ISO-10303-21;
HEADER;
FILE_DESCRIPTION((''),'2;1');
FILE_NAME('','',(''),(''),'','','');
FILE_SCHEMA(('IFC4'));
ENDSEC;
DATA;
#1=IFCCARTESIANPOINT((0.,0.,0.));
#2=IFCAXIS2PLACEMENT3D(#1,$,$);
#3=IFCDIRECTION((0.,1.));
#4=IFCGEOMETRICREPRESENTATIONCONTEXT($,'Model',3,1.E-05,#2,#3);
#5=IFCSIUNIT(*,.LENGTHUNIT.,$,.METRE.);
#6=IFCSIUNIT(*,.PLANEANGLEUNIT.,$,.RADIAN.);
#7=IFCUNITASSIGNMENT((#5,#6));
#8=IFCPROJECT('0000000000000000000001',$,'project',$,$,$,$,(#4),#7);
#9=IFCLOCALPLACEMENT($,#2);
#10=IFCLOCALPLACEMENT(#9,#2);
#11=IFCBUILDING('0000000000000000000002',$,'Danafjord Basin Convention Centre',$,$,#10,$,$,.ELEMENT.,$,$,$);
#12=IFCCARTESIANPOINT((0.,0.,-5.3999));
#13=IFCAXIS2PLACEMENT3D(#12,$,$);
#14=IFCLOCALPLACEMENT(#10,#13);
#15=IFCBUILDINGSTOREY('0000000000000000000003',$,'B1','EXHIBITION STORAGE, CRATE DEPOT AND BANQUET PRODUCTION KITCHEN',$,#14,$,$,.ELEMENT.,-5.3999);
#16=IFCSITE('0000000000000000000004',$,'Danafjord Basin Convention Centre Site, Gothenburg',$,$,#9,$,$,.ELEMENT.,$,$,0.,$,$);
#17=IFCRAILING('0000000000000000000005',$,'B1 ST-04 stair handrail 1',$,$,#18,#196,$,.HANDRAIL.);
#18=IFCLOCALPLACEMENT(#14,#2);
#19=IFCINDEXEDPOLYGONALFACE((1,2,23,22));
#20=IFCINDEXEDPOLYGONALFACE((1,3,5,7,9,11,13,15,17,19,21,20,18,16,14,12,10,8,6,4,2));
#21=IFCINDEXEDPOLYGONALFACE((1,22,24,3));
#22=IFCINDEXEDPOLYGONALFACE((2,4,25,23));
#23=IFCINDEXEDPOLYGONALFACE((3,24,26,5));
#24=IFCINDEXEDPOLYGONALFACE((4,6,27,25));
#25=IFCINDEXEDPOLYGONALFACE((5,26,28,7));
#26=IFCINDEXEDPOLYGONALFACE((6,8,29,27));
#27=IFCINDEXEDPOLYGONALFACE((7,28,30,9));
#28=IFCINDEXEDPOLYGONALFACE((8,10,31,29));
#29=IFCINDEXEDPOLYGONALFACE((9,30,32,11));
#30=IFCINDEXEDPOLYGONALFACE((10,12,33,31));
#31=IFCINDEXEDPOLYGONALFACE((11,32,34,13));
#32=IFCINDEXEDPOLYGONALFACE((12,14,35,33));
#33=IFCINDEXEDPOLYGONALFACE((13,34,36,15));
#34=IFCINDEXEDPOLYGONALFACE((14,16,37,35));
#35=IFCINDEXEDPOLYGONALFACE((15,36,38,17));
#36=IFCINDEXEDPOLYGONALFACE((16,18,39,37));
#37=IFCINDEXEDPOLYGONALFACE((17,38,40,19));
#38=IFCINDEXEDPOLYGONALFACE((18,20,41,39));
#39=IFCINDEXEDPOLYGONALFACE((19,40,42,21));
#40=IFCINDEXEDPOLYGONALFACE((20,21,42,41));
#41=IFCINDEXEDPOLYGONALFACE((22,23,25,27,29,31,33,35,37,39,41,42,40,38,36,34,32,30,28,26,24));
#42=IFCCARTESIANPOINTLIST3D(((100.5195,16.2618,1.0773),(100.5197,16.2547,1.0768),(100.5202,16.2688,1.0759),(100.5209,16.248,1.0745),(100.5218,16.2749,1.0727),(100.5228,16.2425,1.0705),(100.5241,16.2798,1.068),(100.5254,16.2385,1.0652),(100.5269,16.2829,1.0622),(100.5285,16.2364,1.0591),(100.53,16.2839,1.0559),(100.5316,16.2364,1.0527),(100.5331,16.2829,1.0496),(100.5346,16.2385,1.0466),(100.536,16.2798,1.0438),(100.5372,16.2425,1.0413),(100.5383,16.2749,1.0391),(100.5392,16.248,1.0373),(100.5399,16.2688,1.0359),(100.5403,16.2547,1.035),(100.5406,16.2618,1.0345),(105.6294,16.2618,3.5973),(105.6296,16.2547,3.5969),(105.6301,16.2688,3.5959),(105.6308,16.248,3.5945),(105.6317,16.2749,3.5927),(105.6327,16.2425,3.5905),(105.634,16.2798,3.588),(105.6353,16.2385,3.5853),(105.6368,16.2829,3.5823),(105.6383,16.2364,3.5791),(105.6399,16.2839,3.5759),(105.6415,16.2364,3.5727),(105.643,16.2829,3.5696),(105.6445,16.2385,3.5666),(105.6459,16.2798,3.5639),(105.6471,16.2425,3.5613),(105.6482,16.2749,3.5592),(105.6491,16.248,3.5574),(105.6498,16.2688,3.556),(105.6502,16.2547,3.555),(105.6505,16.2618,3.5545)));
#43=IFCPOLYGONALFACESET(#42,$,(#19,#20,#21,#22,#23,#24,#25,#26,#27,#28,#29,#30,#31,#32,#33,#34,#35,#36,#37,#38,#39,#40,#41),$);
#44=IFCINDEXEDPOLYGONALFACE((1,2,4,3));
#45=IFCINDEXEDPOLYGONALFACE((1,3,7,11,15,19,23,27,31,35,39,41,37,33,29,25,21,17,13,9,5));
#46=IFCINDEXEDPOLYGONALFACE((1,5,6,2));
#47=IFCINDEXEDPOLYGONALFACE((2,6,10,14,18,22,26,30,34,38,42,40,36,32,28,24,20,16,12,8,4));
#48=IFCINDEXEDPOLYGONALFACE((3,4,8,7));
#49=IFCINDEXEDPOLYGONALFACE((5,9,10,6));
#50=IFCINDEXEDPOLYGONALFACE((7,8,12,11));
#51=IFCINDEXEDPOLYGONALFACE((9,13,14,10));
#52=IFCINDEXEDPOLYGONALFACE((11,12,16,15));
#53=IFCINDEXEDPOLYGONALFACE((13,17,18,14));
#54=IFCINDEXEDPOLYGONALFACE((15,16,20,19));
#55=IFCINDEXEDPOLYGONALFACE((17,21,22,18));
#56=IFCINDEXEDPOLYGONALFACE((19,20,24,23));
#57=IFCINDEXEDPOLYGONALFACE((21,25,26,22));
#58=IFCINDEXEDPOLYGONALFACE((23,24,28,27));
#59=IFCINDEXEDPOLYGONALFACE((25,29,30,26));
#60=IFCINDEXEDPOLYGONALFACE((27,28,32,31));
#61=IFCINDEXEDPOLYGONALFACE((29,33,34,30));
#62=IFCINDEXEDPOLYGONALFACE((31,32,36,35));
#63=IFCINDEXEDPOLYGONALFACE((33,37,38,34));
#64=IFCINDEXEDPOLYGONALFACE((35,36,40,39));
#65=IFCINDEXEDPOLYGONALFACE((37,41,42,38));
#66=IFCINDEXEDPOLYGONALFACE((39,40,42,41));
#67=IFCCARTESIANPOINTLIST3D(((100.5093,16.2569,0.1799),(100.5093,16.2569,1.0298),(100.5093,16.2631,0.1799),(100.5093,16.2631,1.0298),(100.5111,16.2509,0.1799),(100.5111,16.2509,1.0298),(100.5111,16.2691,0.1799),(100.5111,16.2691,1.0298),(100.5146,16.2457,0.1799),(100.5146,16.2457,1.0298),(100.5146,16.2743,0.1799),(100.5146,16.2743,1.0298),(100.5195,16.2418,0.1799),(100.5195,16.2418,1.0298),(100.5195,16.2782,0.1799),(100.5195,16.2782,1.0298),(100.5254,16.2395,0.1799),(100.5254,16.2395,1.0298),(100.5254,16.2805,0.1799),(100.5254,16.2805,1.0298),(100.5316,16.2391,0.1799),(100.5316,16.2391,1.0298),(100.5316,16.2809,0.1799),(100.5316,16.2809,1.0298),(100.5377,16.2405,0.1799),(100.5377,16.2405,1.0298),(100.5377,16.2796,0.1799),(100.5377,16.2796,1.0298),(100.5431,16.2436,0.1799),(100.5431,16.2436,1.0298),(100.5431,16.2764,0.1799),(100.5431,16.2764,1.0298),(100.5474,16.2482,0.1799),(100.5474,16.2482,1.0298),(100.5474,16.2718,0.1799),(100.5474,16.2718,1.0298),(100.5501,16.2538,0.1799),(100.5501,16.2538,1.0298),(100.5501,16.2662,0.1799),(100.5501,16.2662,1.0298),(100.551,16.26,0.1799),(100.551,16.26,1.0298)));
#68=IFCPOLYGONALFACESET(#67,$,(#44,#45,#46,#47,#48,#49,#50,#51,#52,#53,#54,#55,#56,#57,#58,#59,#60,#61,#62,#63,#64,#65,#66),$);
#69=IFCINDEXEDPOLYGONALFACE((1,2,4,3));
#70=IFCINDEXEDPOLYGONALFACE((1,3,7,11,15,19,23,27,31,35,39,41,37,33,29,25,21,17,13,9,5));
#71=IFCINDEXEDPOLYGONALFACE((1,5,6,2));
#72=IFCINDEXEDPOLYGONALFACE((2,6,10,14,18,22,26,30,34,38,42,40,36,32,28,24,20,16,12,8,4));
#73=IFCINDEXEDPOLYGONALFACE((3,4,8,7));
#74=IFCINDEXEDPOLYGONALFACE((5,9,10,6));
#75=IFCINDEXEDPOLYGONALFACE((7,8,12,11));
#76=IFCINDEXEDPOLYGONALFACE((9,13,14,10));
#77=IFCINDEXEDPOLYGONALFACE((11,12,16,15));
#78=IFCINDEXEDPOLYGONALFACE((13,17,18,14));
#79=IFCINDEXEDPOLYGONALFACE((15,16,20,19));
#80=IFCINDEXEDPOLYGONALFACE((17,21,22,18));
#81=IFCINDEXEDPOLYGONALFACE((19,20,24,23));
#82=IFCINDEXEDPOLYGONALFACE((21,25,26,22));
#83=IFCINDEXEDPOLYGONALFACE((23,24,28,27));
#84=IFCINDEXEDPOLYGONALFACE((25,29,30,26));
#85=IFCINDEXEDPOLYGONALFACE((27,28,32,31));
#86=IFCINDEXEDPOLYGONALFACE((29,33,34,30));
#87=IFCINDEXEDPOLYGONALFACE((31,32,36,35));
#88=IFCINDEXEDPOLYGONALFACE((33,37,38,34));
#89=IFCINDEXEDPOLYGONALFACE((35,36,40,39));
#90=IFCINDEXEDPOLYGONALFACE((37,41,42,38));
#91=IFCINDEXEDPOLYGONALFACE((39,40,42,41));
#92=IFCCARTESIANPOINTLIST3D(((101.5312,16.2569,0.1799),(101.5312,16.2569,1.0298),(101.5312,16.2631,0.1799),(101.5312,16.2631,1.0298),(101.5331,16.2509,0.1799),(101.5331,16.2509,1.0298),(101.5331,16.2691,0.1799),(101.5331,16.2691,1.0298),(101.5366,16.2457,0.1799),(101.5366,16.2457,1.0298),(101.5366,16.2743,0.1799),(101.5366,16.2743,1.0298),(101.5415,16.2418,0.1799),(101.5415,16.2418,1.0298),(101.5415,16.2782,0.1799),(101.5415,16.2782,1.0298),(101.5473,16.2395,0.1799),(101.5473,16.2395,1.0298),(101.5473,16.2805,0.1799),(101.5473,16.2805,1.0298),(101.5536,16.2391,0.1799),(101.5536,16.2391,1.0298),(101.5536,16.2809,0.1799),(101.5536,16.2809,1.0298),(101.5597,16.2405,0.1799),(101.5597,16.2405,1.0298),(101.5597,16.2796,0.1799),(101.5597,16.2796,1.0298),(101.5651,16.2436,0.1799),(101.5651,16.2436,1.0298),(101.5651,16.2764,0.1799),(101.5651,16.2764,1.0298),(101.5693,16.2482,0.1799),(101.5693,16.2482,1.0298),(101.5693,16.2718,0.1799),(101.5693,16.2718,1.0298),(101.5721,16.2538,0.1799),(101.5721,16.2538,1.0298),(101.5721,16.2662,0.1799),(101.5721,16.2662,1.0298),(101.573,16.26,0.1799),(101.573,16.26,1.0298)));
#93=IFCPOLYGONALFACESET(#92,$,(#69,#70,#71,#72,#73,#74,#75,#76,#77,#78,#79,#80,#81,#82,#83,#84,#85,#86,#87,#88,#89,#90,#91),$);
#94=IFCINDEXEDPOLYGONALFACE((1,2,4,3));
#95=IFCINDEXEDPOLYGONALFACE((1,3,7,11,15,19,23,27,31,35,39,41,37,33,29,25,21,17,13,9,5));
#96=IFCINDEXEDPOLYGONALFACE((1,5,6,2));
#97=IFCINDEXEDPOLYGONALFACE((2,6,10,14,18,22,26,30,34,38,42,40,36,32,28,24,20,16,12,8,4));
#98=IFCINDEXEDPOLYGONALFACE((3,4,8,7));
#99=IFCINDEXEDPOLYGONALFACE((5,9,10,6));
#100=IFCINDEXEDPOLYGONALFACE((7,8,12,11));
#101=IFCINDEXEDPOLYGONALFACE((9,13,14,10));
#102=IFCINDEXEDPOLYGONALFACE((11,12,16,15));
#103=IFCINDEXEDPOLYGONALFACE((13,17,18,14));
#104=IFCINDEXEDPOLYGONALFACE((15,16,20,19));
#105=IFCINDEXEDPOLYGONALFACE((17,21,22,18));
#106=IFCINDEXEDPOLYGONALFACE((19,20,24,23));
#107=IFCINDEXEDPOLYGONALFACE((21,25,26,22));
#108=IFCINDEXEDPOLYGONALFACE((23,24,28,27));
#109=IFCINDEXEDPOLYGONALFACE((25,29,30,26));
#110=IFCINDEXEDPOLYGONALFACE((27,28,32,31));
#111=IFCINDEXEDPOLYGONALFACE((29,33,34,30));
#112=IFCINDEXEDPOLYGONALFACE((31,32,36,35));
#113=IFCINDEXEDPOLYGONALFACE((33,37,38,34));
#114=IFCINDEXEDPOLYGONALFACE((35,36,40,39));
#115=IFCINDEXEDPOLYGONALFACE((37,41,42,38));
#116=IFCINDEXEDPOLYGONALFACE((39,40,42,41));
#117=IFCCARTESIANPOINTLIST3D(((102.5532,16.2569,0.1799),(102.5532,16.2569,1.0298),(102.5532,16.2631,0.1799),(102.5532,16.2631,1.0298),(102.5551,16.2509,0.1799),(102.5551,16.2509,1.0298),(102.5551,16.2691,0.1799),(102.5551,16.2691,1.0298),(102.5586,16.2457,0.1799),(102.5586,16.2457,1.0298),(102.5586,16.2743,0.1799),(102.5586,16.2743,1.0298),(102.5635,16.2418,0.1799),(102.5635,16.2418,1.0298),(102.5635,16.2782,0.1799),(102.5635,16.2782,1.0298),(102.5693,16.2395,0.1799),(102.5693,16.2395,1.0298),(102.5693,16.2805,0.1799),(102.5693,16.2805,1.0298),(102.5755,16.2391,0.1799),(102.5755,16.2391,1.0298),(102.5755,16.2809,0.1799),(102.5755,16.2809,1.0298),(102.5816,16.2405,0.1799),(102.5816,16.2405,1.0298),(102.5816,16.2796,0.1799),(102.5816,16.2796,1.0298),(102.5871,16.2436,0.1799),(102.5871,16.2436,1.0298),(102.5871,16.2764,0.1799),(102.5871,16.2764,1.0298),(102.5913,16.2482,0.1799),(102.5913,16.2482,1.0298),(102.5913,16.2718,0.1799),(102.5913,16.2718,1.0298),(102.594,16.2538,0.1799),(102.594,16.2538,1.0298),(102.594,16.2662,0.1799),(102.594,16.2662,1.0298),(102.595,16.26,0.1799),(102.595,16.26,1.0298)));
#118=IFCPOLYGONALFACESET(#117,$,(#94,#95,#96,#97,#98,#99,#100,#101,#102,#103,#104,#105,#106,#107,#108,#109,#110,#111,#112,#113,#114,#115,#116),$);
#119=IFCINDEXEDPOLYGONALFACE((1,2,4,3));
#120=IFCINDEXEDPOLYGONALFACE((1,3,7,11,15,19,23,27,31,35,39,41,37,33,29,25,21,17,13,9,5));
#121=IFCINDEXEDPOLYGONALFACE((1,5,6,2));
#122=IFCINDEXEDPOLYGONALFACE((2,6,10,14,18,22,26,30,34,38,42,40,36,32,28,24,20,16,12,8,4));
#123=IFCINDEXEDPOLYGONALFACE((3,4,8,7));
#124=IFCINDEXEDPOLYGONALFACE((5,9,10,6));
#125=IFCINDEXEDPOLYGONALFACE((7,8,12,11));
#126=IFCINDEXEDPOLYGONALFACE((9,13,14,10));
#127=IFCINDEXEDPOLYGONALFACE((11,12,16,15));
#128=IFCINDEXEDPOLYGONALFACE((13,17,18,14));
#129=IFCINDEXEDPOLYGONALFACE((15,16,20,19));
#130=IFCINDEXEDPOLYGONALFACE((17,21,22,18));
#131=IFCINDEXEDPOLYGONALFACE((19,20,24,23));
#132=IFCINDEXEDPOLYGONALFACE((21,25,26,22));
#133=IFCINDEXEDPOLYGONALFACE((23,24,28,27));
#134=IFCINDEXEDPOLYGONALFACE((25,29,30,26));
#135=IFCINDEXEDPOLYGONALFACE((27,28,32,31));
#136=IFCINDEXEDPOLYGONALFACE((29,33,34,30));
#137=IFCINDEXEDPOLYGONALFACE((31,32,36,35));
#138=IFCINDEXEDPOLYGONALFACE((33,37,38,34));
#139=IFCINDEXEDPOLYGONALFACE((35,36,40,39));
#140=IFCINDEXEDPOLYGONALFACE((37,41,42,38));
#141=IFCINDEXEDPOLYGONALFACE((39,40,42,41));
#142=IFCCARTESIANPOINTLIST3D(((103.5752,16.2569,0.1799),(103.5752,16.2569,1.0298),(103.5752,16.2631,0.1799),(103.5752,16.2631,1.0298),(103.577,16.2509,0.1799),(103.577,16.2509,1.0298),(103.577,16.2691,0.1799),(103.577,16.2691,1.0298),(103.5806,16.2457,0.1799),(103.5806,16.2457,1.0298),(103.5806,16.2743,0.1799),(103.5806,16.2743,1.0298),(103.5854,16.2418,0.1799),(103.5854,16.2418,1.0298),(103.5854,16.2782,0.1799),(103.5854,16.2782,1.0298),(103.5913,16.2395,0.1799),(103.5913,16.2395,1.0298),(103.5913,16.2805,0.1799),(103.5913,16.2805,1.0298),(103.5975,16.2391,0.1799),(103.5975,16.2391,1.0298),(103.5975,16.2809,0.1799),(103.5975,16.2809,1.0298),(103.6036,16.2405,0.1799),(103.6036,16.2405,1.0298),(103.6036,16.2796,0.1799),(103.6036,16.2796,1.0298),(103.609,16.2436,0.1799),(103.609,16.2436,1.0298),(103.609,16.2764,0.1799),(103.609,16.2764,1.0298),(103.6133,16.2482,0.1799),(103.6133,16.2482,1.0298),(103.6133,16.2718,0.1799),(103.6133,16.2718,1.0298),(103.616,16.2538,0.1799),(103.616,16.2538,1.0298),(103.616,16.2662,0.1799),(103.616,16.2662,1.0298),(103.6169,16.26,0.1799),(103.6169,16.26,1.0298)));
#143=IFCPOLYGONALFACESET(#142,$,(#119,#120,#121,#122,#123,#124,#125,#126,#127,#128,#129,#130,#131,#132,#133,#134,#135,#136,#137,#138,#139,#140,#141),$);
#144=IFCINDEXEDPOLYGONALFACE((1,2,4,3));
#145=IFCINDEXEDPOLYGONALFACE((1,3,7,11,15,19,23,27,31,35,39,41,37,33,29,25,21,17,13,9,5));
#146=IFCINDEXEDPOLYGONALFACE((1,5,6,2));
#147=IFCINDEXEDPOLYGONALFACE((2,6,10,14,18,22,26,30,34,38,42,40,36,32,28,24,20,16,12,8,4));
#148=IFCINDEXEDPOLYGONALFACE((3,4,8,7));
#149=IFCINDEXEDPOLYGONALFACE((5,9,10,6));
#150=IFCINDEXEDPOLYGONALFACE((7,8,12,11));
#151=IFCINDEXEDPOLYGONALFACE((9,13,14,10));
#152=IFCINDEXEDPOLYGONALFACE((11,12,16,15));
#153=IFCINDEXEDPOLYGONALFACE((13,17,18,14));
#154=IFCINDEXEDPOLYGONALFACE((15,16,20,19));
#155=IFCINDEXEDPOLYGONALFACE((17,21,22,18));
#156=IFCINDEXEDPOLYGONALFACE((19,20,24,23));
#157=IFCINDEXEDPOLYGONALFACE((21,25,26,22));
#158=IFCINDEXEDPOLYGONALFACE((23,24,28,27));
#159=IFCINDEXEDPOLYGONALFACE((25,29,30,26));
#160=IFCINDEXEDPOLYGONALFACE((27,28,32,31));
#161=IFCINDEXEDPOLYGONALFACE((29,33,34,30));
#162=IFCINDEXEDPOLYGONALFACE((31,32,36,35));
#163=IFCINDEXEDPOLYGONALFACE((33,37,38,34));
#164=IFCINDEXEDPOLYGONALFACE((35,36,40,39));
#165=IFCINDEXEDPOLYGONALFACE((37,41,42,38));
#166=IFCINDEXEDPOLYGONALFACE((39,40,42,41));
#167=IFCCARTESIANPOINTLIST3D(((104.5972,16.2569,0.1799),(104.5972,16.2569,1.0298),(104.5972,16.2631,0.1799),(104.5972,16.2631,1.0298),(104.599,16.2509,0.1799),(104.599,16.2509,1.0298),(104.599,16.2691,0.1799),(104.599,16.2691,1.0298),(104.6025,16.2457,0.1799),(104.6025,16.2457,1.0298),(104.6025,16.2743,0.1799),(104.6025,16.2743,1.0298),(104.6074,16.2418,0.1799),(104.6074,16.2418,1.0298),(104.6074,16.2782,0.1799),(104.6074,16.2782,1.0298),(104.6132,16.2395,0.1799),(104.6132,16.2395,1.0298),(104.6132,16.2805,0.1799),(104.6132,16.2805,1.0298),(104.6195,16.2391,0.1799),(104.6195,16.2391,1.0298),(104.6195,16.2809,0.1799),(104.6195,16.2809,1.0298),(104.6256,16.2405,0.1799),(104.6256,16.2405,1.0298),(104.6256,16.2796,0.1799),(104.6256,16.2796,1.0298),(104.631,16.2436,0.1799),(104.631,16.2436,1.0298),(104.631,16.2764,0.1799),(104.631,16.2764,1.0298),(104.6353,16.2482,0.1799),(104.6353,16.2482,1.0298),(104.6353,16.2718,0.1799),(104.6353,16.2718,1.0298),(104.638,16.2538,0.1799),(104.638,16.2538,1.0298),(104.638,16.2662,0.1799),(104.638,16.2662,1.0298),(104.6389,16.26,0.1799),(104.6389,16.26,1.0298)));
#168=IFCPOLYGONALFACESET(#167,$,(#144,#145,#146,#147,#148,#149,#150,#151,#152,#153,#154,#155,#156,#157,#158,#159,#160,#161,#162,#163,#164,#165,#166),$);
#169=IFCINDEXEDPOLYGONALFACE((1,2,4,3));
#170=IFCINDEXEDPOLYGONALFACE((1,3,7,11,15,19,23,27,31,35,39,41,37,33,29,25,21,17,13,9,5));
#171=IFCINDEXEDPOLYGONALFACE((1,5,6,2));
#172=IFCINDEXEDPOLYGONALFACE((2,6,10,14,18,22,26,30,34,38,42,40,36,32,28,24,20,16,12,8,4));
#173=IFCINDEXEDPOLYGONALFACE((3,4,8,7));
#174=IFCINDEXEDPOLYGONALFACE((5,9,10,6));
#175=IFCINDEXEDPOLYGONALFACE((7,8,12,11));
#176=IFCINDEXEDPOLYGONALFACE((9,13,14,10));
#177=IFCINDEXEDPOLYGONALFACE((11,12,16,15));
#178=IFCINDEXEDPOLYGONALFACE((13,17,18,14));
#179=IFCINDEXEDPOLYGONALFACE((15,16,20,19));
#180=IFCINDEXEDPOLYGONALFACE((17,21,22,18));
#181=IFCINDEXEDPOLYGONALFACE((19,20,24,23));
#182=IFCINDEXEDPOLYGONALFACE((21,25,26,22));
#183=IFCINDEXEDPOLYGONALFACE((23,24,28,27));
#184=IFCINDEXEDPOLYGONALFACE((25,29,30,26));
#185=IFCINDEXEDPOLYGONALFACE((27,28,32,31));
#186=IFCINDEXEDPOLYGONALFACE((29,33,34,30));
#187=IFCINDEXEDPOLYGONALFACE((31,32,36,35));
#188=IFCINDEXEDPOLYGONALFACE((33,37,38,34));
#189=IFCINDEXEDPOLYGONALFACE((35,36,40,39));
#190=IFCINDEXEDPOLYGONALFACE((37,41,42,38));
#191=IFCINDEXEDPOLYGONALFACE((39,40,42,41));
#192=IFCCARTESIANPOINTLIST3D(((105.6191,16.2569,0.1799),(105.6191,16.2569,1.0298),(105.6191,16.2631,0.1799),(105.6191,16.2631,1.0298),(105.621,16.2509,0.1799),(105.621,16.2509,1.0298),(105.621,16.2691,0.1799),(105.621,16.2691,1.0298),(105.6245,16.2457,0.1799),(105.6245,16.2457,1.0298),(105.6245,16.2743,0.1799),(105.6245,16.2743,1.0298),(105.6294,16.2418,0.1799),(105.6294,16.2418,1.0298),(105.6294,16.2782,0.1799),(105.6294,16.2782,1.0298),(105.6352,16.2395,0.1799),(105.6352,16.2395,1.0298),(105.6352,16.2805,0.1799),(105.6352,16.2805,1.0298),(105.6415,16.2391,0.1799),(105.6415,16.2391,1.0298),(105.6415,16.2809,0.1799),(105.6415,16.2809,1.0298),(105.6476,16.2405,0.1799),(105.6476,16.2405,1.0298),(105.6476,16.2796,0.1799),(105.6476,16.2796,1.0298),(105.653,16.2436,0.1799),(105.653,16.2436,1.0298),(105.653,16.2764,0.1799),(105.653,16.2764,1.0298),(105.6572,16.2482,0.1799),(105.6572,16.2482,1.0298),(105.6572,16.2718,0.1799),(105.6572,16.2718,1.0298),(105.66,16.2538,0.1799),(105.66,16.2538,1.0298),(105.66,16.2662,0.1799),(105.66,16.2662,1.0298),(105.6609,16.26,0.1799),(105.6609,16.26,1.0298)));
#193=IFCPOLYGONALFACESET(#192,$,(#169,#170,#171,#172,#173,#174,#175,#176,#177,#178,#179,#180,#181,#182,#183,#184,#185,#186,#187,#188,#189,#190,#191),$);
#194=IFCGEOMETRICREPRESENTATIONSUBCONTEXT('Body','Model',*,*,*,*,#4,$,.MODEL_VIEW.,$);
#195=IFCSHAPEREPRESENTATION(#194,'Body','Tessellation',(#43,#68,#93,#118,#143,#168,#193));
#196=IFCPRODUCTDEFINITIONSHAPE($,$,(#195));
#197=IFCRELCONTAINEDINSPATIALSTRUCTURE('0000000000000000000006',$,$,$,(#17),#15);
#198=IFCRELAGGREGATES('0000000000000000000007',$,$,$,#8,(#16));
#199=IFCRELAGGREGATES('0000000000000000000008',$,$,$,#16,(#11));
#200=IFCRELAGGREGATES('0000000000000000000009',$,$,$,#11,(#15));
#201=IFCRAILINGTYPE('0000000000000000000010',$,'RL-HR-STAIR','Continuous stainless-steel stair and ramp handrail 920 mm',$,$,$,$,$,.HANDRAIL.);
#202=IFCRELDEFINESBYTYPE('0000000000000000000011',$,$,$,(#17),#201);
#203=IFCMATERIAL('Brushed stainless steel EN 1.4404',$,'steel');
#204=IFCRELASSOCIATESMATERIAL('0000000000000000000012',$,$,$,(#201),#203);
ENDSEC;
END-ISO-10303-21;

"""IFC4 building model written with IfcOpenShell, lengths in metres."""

from ifc_helpers import new_model, si_unit, direction, frame, origin, origin_2d, place, context, subcontext, project, spatial, circle, extrude, material, type_object, element, save


model = new_model("IFC4")

# Units and contexts
model_context = context("Model", 3, precision=1e-05, world=origin(), true_north=direction((0.0, 1.0)))
body_context = subcontext(model_context, "Body", "Model", "MODEL_VIEW")
ifc_project = project(units=[si_unit("LENGTHUNIT", "METRE"), si_unit("PLANEANGLEUNIT", "RADIAN")], contexts=[model_context])

# Site, building, storey
site_placement = place(None, origin())
site = spatial("IfcSite", under=ifc_project, at=site_placement, Name="Danafjord Basin Convention Centre Site, Gothenburg", CompositionType="ELEMENT", RefElevation=0.0)
building_placement = place(site_placement, origin())
building = spatial("IfcBuilding", under=site, at=building_placement, Name="Danafjord Basin Convention Centre", CompositionType="ELEMENT")
storey_placement = place(building_placement, frame((0.0, 0.0, -5.3999)))
storey = spatial("IfcBuildingStorey", under=building, at=storey_placement, Name="B1", Description="EXHIBITION STORAGE, CRATE DEPOT AND BANQUET PRODUCTION KITCHEN", CompositionType="ELEMENT", Elevation=-5.3999)

# Railing
ifc_material_1 = material(Name="Brushed stainless steel EN 1.4404", Category="steel")
railing_type = type_object("IfcRailingType", Name="RL-HR-STAIR", Description="Continuous stainless-steel stair and ramp handrail 920 mm", PredefinedType="HANDRAIL", material=ifc_material_1)
railing_placement = place(storey_placement, frame((100.53, 16.26, 0.1799)))
element("IfcRailing", 1, at=railing_placement, inside=storey, type_object=railing_type, Name="B1 ST-04 stair handrail 1", PredefinedType="HANDRAIL", context=body_context, shape_type="SweptSolid", body=[
    extrude(circle(Radius=0.0239, at=origin_2d()), frame((0.0, 0.0, 0.876), z_axis=(0.896865, 0.0, 0.442305), x_axis=(0.0, 1.0, 0.0)), (0.0, 0.0, 1.0), 5.6975),
    extrude(circle(Radius=0.021, at=origin_2d()), origin(), (0.0, 0.0, 1.0), 0.8499),
    extrude(circle(Radius=0.021, at=origin_2d()), frame((1.022, 0.0, 0.0)), (0.0, 0.0, 1.0), 0.8499),
    extrude(circle(Radius=0.021, at=origin_2d()), frame((2.0439, 0.0, 0.0)), (0.0, 0.0, 1.0), 0.8499),
    extrude(circle(Radius=0.021, at=origin_2d()), frame((3.0659, 0.0, 0.0)), (0.0, 0.0, 1.0), 0.8499),
    extrude(circle(Radius=0.021, at=origin_2d()), frame((4.0879, 0.0, 0.0)), (0.0, 0.0, 1.0), 0.8499),
    extrude(circle(Radius=0.021, at=origin_2d()), frame((5.1099, 0.0, 0.0)), (0.0, 0.0, 1.0), 0.8499),
])

save(model, "model.ifc")
